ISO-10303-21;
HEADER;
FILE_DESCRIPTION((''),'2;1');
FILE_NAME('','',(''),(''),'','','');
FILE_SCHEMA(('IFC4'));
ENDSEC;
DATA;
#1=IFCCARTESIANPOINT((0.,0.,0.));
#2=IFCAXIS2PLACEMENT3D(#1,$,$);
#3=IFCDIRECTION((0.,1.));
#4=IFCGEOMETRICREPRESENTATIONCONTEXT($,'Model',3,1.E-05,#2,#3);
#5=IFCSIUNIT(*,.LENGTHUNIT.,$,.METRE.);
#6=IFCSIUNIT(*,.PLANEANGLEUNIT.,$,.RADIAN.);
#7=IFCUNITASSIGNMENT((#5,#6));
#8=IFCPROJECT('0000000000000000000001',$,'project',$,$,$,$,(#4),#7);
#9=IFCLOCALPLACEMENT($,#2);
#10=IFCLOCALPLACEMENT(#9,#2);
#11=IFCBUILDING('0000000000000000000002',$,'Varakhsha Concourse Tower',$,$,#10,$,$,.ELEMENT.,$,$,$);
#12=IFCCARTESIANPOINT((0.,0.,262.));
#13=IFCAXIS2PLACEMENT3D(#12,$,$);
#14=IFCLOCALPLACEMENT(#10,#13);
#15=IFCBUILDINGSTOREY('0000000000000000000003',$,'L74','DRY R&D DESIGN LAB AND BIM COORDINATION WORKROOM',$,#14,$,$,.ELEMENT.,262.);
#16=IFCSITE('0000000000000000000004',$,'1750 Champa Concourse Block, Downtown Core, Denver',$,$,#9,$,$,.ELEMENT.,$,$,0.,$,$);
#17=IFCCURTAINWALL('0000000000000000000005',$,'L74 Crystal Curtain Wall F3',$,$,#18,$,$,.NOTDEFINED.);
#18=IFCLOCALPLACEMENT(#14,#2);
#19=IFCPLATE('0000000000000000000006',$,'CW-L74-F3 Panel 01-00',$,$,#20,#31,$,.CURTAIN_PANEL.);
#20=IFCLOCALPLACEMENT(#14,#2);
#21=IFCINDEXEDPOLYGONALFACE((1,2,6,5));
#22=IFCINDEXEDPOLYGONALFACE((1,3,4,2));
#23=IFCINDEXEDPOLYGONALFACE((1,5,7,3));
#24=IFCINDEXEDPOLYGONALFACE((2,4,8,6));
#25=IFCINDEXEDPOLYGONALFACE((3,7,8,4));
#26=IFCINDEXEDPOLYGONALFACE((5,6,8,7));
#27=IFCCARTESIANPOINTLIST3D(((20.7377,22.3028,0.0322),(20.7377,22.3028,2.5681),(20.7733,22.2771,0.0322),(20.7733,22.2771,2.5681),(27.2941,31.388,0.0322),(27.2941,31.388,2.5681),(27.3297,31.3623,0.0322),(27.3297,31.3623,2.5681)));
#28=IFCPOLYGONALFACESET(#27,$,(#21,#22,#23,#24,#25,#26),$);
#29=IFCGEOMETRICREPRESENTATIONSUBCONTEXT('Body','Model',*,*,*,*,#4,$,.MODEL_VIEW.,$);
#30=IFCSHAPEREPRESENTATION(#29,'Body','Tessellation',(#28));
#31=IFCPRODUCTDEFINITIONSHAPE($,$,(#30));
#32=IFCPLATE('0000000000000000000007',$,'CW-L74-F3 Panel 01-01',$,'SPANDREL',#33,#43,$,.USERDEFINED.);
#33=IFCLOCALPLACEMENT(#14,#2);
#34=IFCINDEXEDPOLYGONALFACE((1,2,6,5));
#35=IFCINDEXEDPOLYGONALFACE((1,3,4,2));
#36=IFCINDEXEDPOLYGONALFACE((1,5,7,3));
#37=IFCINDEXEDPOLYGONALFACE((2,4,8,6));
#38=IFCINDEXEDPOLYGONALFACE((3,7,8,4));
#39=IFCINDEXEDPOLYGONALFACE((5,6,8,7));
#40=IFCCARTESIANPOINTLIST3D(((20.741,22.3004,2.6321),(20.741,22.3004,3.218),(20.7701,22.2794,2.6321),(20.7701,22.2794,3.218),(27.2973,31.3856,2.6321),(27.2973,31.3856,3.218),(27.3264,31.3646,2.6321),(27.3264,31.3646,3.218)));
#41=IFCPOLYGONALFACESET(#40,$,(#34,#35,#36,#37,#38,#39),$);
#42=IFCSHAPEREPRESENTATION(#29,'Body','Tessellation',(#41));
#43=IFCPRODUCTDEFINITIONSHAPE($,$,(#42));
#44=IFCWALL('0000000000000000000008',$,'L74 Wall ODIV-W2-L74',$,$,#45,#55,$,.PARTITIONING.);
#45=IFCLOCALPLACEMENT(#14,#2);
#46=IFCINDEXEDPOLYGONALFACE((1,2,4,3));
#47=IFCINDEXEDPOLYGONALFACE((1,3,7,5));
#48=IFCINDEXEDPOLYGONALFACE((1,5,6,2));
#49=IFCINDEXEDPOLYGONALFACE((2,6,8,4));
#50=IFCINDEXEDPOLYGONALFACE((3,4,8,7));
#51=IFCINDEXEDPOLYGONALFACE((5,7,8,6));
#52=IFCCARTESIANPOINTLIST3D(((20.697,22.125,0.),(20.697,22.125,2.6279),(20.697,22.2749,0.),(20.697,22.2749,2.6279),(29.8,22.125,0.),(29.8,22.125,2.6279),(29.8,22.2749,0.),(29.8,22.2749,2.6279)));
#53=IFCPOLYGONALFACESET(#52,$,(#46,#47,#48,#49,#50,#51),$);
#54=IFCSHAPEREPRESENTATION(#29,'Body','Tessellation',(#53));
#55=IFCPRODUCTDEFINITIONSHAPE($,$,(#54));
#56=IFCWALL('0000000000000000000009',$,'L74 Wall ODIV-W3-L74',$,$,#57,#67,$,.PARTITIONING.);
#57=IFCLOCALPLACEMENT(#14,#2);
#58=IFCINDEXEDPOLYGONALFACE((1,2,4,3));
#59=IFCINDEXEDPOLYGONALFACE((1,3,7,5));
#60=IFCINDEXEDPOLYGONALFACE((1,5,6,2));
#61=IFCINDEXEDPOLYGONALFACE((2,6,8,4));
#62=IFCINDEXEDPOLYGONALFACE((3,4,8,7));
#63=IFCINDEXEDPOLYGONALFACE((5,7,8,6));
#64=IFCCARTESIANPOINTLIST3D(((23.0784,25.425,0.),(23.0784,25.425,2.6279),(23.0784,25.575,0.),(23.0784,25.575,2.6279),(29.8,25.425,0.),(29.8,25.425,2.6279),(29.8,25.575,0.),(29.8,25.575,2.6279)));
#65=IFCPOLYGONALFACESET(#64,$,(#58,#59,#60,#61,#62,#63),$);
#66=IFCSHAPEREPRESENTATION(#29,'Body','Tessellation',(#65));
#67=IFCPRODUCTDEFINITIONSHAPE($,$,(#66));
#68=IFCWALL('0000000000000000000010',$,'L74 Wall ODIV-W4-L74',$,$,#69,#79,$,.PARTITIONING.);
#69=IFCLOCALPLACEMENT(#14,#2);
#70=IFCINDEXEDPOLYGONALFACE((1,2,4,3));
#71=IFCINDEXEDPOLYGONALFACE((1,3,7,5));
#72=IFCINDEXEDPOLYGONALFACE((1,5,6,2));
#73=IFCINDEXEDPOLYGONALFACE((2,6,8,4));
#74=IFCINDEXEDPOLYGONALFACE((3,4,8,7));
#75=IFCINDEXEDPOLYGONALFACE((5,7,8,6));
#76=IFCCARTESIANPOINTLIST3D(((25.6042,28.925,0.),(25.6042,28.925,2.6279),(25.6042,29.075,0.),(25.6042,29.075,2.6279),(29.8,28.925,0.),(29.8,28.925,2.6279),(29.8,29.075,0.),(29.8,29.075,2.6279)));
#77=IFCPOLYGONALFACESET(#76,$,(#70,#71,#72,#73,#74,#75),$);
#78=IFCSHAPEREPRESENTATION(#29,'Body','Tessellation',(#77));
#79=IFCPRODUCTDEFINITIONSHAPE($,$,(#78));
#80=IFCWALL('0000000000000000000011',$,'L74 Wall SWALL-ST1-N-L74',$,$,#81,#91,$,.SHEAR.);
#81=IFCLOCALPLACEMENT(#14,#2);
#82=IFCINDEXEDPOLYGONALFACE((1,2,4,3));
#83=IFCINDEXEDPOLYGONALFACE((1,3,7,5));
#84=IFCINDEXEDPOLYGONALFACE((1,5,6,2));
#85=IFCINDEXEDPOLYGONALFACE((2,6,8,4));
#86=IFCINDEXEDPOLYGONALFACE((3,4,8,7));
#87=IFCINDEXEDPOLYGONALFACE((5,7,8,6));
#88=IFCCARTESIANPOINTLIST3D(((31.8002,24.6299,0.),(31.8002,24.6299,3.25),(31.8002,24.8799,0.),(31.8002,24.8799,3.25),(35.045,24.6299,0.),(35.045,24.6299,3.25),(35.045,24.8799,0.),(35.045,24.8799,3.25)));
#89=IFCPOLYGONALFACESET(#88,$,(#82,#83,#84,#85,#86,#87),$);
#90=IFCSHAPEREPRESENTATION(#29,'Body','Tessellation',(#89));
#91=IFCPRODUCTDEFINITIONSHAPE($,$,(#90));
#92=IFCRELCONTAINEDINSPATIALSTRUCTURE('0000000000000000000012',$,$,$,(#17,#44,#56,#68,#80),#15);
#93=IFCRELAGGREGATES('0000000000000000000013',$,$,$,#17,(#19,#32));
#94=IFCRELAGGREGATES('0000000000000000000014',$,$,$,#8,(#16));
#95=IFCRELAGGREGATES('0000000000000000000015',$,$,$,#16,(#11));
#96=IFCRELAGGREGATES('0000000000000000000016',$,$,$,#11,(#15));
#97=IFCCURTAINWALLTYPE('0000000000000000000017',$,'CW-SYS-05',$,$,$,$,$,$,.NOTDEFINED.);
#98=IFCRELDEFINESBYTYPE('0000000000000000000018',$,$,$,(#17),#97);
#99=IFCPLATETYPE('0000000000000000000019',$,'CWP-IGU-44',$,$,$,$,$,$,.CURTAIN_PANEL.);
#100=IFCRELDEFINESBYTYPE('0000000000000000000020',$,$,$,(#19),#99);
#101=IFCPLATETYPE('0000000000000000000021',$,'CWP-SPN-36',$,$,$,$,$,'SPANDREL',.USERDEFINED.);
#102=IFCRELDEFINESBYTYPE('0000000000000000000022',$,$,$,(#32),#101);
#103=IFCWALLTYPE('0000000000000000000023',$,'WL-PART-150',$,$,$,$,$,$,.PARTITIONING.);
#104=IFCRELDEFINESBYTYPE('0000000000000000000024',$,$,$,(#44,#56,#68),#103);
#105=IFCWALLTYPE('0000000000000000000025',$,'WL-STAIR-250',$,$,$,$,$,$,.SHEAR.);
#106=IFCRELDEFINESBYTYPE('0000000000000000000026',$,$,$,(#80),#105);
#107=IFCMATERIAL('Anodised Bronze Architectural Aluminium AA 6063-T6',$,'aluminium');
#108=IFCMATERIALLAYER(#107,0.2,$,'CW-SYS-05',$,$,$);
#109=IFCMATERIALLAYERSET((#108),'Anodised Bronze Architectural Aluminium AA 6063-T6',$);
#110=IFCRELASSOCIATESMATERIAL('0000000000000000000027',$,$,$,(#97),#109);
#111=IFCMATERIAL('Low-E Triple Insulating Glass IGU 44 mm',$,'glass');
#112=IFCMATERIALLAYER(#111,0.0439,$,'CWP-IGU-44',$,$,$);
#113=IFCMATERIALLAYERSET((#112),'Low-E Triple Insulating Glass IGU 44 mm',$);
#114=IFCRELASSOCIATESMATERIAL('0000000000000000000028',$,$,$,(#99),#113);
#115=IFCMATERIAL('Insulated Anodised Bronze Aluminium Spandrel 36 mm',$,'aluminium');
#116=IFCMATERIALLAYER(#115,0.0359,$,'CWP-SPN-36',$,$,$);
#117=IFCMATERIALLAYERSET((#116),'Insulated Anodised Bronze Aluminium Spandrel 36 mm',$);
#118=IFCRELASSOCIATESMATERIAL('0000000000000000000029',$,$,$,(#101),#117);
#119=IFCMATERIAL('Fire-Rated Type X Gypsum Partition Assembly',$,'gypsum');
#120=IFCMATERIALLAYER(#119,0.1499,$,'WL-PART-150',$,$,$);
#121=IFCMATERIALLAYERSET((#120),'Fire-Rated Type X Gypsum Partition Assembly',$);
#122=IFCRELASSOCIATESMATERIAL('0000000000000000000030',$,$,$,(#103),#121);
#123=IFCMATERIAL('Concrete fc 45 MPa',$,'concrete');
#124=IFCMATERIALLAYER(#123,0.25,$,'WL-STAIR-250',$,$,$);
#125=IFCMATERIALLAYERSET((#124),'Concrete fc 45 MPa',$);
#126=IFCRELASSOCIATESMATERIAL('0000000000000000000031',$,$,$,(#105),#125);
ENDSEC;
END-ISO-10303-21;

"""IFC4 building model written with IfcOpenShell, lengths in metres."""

from ifc_helpers import new_model, si_unit, direction, frame, frame_2d, origin, origin_2d, place, context, subcontext, project, spatial, rectangle, extrude, source, transform, mapped, material, layer, layer_set, type_object, type_shapes, element, aggregate, save


model = new_model("IFC4")

# Units and contexts
model_context = context("Model", 3, precision=1e-05, world=origin(), true_north=direction((0.0, 1.0)))
body_context = subcontext(model_context, "Body", "Model", "MODEL_VIEW")
ifc_project = project(units=[si_unit("LENGTHUNIT", "METRE"), si_unit("PLANEANGLEUNIT", "RADIAN")], contexts=[model_context])

# Site, building, storey
site_placement = place(None, origin())
site = spatial("IfcSite", under=ifc_project, at=site_placement, Name="1750 Champa Concourse Block, Downtown Core, Denver", CompositionType="ELEMENT", RefElevation=0.0)
building_placement = place(site_placement, origin())
building = spatial("IfcBuilding", under=site, at=building_placement, Name="Varakhsha Concourse Tower", CompositionType="ELEMENT")
storey_placement = place(building_placement, frame((0.0, 0.0, 262.0)))
storey = spatial("IfcBuildingStorey", under=building, at=storey_placement, Name="L74", Description="DRY R&D DESIGN LAB AND BIM COORDINATION WORKROOM", CompositionType="ELEMENT", Elevation=262.0)

# Curtain wall, plates
ifc_material_1 = material(Name="Anodised Bronze Architectural Aluminium AA 6063-T6", Category="aluminium")
ifc_layer_1 = layer(ifc_material_1, 0.2, Name="CW-SYS-05")
ifc_layer_set_1 = layer_set([ifc_layer_1], Name="Anodised Bronze Architectural Aluminium AA 6063-T6")
curtain_wall_type = type_object("IfcCurtainWallType", Name="CW-SYS-05", PredefinedType="NOTDEFINED", material=ifc_layer_set_1)
curtain_wall_placement = place(storey_placement, origin())
curtain_wall = element("IfcCurtainWall", 1, at=curtain_wall_placement, inside=storey, type_object=curtain_wall_type, Name="L74 Crystal Curtain Wall F3", PredefinedType="NOTDEFINED")
ifc_material_2 = material(Name="Low-E Triple Insulating Glass IGU 44 mm", Category="glass")
ifc_layer_2 = layer(ifc_material_2, 0.0439, Name="CWP-IGU-44")
ifc_layer_set_2 = layer_set([ifc_layer_2], Name="Low-E Triple Insulating Glass IGU 44 mm")
plate_type_1 = type_object("IfcPlateType", Name="CWP-IGU-44", PredefinedType="CURTAIN_PANEL", material=ifc_layer_set_2)
shared_shape_1 = source(origin(), body_context, "Body", "SweptSolid", [
    extrude(rectangle(XDim=11.2039, YDim=0.0439, at=origin_2d()), origin(), (0.0, 0.0, 1.0), 2.5359),
])
type_shapes(plate_type_1, [shared_shape_1])
plate_1_placement = place(storey_placement, frame((24.0337, 26.8325, 0.0322), z_axis=(0.0, 0.0, 1.0), x_axis=(0.585188, 0.810897, 0.0)))
plate_1 = element("IfcPlate", 2, at=plate_1_placement, type_object=plate_type_1, Name="CW-L74-F3 Panel 01-00", PredefinedType="CURTAIN_PANEL", context=body_context, shape_type="MappedRepresentation", body=[
    mapped(shared_shape_1, transform((0.0, 0.0, 0.0), scale=1.0)),
])
ifc_material_3 = material(Name="Insulated Anodised Bronze Aluminium Spandrel 36 mm", Category="aluminium")
ifc_layer_3 = layer(ifc_material_3, 0.0359, Name="CWP-SPN-36")
ifc_layer_set_3 = layer_set([ifc_layer_3], Name="Insulated Anodised Bronze Aluminium Spandrel 36 mm")
plate_type_2 = type_object("IfcPlateType", Name="CWP-SPN-36", ElementType="SPANDREL", PredefinedType="USERDEFINED", material=ifc_layer_set_3)
shared_shape_2 = source(origin(), body_context, "Body", "SweptSolid", [
    extrude(rectangle(XDim=11.2039, YDim=0.0359, at=origin_2d()), origin(), (0.0, 0.0, 1.0), 0.5859),
])
type_shapes(plate_type_2, [shared_shape_2])
plate_2_placement = place(storey_placement, frame((24.0337, 26.8325, 2.6321), z_axis=(0.0, 0.0, 1.0), x_axis=(0.585188, 0.810897, 0.0)))
plate_2 = element("IfcPlate", 3, at=plate_2_placement, type_object=plate_type_2, Name="CW-L74-F3 Panel 01-01", ObjectType="SPANDREL", PredefinedType="USERDEFINED", context=body_context, shape_type="MappedRepresentation", body=[
    mapped(shared_shape_2, transform((0.0, 0.0, 0.0), scale=1.0)),
])
aggregate(curtain_wall, [plate_1, plate_2])

# Walls
ifc_material_4 = material(Name="Fire-Rated Type X Gypsum Partition Assembly", Category="gypsum")
ifc_layer_4 = layer(ifc_material_4, 0.1499, Name="WL-PART-150")
ifc_layer_set_4 = layer_set([ifc_layer_4], Name="Fire-Rated Type X Gypsum Partition Assembly")
wall_type_1 = type_object("IfcWallType", Name="WL-PART-150", PredefinedType="PARTITIONING", material=ifc_layer_set_4)
wall_1_placement = place(storey_placement, frame((20.697, 22.2, 0.0), z_axis=(0.0, 0.0, 1.0), x_axis=(1.0, 0.0, 0.0)))
element("IfcWall", 4, at=wall_1_placement, inside=storey, type_object=wall_type_1, Name="L74 Wall ODIV-W2-L74", PredefinedType="PARTITIONING", context=body_context, shape_type="SweptSolid", body=[
    extrude(rectangle(XDim=9.103, YDim=0.1499, at=frame_2d((4.5515, 0.0))), origin(), (0.0, 0.0, 1.0), 2.6279),
])
wall_2_placement = place(storey_placement, frame((23.0784, 25.5, 0.0), z_axis=(0.0, 0.0, 1.0), x_axis=(1.0, 0.0, 0.0)))
element("IfcWall", 5, at=wall_2_placement, inside=storey, type_object=wall_type_1, Name="L74 Wall ODIV-W3-L74", PredefinedType="PARTITIONING", context=body_context, shape_type="SweptSolid", body=[
    extrude(rectangle(XDim=6.7217, YDim=0.1499, at=frame_2d((3.3608, 0.0))), origin(), (0.0, 0.0, 1.0), 2.6279),
])
wall_3_placement = place(storey_placement, frame((25.6042, 29.0, 0.0), z_axis=(0.0, 0.0, 1.0), x_axis=(1.0, 0.0, 0.0)))
element("IfcWall", 6, at=wall_3_placement, inside=storey, type_object=wall_type_1, Name="L74 Wall ODIV-W4-L74", PredefinedType="PARTITIONING", context=body_context, shape_type="SweptSolid", body=[
    extrude(rectangle(XDim=4.1958, YDim=0.1499, at=frame_2d((2.0979, 0.0))), origin(), (0.0, 0.0, 1.0), 2.6279),
])

# Wall
ifc_material_5 = material(Name="Concrete fc 45 MPa", Category="concrete")
ifc_layer_5 = layer(ifc_material_5, 0.25, Name="WL-STAIR-250")
ifc_layer_set_5 = layer_set([ifc_layer_5], Name="Concrete fc 45 MPa")
wall_type_2 = type_object("IfcWallType", Name="WL-STAIR-250", PredefinedType="SHEAR", material=ifc_layer_set_5)
wall_4_placement = place(storey_placement, frame((31.8, 24.7549, 0.0), z_axis=(0.0, 0.0, 1.0), x_axis=(1.0, 0.0, 0.0)))
element("IfcWall", 7, at=wall_4_placement, inside=storey, type_object=wall_type_2, Name="L74 Wall SWALL-ST1-N-L74", PredefinedType="SHEAR", context=body_context, shape_type="SweptSolid", body=[
    extrude(rectangle(XDim=3.2449, YDim=0.25, at=frame_2d((1.6226, 0.0))), origin(), (0.0, 0.0, 1.0), 3.25),
])

save(model, "model.ifc")
